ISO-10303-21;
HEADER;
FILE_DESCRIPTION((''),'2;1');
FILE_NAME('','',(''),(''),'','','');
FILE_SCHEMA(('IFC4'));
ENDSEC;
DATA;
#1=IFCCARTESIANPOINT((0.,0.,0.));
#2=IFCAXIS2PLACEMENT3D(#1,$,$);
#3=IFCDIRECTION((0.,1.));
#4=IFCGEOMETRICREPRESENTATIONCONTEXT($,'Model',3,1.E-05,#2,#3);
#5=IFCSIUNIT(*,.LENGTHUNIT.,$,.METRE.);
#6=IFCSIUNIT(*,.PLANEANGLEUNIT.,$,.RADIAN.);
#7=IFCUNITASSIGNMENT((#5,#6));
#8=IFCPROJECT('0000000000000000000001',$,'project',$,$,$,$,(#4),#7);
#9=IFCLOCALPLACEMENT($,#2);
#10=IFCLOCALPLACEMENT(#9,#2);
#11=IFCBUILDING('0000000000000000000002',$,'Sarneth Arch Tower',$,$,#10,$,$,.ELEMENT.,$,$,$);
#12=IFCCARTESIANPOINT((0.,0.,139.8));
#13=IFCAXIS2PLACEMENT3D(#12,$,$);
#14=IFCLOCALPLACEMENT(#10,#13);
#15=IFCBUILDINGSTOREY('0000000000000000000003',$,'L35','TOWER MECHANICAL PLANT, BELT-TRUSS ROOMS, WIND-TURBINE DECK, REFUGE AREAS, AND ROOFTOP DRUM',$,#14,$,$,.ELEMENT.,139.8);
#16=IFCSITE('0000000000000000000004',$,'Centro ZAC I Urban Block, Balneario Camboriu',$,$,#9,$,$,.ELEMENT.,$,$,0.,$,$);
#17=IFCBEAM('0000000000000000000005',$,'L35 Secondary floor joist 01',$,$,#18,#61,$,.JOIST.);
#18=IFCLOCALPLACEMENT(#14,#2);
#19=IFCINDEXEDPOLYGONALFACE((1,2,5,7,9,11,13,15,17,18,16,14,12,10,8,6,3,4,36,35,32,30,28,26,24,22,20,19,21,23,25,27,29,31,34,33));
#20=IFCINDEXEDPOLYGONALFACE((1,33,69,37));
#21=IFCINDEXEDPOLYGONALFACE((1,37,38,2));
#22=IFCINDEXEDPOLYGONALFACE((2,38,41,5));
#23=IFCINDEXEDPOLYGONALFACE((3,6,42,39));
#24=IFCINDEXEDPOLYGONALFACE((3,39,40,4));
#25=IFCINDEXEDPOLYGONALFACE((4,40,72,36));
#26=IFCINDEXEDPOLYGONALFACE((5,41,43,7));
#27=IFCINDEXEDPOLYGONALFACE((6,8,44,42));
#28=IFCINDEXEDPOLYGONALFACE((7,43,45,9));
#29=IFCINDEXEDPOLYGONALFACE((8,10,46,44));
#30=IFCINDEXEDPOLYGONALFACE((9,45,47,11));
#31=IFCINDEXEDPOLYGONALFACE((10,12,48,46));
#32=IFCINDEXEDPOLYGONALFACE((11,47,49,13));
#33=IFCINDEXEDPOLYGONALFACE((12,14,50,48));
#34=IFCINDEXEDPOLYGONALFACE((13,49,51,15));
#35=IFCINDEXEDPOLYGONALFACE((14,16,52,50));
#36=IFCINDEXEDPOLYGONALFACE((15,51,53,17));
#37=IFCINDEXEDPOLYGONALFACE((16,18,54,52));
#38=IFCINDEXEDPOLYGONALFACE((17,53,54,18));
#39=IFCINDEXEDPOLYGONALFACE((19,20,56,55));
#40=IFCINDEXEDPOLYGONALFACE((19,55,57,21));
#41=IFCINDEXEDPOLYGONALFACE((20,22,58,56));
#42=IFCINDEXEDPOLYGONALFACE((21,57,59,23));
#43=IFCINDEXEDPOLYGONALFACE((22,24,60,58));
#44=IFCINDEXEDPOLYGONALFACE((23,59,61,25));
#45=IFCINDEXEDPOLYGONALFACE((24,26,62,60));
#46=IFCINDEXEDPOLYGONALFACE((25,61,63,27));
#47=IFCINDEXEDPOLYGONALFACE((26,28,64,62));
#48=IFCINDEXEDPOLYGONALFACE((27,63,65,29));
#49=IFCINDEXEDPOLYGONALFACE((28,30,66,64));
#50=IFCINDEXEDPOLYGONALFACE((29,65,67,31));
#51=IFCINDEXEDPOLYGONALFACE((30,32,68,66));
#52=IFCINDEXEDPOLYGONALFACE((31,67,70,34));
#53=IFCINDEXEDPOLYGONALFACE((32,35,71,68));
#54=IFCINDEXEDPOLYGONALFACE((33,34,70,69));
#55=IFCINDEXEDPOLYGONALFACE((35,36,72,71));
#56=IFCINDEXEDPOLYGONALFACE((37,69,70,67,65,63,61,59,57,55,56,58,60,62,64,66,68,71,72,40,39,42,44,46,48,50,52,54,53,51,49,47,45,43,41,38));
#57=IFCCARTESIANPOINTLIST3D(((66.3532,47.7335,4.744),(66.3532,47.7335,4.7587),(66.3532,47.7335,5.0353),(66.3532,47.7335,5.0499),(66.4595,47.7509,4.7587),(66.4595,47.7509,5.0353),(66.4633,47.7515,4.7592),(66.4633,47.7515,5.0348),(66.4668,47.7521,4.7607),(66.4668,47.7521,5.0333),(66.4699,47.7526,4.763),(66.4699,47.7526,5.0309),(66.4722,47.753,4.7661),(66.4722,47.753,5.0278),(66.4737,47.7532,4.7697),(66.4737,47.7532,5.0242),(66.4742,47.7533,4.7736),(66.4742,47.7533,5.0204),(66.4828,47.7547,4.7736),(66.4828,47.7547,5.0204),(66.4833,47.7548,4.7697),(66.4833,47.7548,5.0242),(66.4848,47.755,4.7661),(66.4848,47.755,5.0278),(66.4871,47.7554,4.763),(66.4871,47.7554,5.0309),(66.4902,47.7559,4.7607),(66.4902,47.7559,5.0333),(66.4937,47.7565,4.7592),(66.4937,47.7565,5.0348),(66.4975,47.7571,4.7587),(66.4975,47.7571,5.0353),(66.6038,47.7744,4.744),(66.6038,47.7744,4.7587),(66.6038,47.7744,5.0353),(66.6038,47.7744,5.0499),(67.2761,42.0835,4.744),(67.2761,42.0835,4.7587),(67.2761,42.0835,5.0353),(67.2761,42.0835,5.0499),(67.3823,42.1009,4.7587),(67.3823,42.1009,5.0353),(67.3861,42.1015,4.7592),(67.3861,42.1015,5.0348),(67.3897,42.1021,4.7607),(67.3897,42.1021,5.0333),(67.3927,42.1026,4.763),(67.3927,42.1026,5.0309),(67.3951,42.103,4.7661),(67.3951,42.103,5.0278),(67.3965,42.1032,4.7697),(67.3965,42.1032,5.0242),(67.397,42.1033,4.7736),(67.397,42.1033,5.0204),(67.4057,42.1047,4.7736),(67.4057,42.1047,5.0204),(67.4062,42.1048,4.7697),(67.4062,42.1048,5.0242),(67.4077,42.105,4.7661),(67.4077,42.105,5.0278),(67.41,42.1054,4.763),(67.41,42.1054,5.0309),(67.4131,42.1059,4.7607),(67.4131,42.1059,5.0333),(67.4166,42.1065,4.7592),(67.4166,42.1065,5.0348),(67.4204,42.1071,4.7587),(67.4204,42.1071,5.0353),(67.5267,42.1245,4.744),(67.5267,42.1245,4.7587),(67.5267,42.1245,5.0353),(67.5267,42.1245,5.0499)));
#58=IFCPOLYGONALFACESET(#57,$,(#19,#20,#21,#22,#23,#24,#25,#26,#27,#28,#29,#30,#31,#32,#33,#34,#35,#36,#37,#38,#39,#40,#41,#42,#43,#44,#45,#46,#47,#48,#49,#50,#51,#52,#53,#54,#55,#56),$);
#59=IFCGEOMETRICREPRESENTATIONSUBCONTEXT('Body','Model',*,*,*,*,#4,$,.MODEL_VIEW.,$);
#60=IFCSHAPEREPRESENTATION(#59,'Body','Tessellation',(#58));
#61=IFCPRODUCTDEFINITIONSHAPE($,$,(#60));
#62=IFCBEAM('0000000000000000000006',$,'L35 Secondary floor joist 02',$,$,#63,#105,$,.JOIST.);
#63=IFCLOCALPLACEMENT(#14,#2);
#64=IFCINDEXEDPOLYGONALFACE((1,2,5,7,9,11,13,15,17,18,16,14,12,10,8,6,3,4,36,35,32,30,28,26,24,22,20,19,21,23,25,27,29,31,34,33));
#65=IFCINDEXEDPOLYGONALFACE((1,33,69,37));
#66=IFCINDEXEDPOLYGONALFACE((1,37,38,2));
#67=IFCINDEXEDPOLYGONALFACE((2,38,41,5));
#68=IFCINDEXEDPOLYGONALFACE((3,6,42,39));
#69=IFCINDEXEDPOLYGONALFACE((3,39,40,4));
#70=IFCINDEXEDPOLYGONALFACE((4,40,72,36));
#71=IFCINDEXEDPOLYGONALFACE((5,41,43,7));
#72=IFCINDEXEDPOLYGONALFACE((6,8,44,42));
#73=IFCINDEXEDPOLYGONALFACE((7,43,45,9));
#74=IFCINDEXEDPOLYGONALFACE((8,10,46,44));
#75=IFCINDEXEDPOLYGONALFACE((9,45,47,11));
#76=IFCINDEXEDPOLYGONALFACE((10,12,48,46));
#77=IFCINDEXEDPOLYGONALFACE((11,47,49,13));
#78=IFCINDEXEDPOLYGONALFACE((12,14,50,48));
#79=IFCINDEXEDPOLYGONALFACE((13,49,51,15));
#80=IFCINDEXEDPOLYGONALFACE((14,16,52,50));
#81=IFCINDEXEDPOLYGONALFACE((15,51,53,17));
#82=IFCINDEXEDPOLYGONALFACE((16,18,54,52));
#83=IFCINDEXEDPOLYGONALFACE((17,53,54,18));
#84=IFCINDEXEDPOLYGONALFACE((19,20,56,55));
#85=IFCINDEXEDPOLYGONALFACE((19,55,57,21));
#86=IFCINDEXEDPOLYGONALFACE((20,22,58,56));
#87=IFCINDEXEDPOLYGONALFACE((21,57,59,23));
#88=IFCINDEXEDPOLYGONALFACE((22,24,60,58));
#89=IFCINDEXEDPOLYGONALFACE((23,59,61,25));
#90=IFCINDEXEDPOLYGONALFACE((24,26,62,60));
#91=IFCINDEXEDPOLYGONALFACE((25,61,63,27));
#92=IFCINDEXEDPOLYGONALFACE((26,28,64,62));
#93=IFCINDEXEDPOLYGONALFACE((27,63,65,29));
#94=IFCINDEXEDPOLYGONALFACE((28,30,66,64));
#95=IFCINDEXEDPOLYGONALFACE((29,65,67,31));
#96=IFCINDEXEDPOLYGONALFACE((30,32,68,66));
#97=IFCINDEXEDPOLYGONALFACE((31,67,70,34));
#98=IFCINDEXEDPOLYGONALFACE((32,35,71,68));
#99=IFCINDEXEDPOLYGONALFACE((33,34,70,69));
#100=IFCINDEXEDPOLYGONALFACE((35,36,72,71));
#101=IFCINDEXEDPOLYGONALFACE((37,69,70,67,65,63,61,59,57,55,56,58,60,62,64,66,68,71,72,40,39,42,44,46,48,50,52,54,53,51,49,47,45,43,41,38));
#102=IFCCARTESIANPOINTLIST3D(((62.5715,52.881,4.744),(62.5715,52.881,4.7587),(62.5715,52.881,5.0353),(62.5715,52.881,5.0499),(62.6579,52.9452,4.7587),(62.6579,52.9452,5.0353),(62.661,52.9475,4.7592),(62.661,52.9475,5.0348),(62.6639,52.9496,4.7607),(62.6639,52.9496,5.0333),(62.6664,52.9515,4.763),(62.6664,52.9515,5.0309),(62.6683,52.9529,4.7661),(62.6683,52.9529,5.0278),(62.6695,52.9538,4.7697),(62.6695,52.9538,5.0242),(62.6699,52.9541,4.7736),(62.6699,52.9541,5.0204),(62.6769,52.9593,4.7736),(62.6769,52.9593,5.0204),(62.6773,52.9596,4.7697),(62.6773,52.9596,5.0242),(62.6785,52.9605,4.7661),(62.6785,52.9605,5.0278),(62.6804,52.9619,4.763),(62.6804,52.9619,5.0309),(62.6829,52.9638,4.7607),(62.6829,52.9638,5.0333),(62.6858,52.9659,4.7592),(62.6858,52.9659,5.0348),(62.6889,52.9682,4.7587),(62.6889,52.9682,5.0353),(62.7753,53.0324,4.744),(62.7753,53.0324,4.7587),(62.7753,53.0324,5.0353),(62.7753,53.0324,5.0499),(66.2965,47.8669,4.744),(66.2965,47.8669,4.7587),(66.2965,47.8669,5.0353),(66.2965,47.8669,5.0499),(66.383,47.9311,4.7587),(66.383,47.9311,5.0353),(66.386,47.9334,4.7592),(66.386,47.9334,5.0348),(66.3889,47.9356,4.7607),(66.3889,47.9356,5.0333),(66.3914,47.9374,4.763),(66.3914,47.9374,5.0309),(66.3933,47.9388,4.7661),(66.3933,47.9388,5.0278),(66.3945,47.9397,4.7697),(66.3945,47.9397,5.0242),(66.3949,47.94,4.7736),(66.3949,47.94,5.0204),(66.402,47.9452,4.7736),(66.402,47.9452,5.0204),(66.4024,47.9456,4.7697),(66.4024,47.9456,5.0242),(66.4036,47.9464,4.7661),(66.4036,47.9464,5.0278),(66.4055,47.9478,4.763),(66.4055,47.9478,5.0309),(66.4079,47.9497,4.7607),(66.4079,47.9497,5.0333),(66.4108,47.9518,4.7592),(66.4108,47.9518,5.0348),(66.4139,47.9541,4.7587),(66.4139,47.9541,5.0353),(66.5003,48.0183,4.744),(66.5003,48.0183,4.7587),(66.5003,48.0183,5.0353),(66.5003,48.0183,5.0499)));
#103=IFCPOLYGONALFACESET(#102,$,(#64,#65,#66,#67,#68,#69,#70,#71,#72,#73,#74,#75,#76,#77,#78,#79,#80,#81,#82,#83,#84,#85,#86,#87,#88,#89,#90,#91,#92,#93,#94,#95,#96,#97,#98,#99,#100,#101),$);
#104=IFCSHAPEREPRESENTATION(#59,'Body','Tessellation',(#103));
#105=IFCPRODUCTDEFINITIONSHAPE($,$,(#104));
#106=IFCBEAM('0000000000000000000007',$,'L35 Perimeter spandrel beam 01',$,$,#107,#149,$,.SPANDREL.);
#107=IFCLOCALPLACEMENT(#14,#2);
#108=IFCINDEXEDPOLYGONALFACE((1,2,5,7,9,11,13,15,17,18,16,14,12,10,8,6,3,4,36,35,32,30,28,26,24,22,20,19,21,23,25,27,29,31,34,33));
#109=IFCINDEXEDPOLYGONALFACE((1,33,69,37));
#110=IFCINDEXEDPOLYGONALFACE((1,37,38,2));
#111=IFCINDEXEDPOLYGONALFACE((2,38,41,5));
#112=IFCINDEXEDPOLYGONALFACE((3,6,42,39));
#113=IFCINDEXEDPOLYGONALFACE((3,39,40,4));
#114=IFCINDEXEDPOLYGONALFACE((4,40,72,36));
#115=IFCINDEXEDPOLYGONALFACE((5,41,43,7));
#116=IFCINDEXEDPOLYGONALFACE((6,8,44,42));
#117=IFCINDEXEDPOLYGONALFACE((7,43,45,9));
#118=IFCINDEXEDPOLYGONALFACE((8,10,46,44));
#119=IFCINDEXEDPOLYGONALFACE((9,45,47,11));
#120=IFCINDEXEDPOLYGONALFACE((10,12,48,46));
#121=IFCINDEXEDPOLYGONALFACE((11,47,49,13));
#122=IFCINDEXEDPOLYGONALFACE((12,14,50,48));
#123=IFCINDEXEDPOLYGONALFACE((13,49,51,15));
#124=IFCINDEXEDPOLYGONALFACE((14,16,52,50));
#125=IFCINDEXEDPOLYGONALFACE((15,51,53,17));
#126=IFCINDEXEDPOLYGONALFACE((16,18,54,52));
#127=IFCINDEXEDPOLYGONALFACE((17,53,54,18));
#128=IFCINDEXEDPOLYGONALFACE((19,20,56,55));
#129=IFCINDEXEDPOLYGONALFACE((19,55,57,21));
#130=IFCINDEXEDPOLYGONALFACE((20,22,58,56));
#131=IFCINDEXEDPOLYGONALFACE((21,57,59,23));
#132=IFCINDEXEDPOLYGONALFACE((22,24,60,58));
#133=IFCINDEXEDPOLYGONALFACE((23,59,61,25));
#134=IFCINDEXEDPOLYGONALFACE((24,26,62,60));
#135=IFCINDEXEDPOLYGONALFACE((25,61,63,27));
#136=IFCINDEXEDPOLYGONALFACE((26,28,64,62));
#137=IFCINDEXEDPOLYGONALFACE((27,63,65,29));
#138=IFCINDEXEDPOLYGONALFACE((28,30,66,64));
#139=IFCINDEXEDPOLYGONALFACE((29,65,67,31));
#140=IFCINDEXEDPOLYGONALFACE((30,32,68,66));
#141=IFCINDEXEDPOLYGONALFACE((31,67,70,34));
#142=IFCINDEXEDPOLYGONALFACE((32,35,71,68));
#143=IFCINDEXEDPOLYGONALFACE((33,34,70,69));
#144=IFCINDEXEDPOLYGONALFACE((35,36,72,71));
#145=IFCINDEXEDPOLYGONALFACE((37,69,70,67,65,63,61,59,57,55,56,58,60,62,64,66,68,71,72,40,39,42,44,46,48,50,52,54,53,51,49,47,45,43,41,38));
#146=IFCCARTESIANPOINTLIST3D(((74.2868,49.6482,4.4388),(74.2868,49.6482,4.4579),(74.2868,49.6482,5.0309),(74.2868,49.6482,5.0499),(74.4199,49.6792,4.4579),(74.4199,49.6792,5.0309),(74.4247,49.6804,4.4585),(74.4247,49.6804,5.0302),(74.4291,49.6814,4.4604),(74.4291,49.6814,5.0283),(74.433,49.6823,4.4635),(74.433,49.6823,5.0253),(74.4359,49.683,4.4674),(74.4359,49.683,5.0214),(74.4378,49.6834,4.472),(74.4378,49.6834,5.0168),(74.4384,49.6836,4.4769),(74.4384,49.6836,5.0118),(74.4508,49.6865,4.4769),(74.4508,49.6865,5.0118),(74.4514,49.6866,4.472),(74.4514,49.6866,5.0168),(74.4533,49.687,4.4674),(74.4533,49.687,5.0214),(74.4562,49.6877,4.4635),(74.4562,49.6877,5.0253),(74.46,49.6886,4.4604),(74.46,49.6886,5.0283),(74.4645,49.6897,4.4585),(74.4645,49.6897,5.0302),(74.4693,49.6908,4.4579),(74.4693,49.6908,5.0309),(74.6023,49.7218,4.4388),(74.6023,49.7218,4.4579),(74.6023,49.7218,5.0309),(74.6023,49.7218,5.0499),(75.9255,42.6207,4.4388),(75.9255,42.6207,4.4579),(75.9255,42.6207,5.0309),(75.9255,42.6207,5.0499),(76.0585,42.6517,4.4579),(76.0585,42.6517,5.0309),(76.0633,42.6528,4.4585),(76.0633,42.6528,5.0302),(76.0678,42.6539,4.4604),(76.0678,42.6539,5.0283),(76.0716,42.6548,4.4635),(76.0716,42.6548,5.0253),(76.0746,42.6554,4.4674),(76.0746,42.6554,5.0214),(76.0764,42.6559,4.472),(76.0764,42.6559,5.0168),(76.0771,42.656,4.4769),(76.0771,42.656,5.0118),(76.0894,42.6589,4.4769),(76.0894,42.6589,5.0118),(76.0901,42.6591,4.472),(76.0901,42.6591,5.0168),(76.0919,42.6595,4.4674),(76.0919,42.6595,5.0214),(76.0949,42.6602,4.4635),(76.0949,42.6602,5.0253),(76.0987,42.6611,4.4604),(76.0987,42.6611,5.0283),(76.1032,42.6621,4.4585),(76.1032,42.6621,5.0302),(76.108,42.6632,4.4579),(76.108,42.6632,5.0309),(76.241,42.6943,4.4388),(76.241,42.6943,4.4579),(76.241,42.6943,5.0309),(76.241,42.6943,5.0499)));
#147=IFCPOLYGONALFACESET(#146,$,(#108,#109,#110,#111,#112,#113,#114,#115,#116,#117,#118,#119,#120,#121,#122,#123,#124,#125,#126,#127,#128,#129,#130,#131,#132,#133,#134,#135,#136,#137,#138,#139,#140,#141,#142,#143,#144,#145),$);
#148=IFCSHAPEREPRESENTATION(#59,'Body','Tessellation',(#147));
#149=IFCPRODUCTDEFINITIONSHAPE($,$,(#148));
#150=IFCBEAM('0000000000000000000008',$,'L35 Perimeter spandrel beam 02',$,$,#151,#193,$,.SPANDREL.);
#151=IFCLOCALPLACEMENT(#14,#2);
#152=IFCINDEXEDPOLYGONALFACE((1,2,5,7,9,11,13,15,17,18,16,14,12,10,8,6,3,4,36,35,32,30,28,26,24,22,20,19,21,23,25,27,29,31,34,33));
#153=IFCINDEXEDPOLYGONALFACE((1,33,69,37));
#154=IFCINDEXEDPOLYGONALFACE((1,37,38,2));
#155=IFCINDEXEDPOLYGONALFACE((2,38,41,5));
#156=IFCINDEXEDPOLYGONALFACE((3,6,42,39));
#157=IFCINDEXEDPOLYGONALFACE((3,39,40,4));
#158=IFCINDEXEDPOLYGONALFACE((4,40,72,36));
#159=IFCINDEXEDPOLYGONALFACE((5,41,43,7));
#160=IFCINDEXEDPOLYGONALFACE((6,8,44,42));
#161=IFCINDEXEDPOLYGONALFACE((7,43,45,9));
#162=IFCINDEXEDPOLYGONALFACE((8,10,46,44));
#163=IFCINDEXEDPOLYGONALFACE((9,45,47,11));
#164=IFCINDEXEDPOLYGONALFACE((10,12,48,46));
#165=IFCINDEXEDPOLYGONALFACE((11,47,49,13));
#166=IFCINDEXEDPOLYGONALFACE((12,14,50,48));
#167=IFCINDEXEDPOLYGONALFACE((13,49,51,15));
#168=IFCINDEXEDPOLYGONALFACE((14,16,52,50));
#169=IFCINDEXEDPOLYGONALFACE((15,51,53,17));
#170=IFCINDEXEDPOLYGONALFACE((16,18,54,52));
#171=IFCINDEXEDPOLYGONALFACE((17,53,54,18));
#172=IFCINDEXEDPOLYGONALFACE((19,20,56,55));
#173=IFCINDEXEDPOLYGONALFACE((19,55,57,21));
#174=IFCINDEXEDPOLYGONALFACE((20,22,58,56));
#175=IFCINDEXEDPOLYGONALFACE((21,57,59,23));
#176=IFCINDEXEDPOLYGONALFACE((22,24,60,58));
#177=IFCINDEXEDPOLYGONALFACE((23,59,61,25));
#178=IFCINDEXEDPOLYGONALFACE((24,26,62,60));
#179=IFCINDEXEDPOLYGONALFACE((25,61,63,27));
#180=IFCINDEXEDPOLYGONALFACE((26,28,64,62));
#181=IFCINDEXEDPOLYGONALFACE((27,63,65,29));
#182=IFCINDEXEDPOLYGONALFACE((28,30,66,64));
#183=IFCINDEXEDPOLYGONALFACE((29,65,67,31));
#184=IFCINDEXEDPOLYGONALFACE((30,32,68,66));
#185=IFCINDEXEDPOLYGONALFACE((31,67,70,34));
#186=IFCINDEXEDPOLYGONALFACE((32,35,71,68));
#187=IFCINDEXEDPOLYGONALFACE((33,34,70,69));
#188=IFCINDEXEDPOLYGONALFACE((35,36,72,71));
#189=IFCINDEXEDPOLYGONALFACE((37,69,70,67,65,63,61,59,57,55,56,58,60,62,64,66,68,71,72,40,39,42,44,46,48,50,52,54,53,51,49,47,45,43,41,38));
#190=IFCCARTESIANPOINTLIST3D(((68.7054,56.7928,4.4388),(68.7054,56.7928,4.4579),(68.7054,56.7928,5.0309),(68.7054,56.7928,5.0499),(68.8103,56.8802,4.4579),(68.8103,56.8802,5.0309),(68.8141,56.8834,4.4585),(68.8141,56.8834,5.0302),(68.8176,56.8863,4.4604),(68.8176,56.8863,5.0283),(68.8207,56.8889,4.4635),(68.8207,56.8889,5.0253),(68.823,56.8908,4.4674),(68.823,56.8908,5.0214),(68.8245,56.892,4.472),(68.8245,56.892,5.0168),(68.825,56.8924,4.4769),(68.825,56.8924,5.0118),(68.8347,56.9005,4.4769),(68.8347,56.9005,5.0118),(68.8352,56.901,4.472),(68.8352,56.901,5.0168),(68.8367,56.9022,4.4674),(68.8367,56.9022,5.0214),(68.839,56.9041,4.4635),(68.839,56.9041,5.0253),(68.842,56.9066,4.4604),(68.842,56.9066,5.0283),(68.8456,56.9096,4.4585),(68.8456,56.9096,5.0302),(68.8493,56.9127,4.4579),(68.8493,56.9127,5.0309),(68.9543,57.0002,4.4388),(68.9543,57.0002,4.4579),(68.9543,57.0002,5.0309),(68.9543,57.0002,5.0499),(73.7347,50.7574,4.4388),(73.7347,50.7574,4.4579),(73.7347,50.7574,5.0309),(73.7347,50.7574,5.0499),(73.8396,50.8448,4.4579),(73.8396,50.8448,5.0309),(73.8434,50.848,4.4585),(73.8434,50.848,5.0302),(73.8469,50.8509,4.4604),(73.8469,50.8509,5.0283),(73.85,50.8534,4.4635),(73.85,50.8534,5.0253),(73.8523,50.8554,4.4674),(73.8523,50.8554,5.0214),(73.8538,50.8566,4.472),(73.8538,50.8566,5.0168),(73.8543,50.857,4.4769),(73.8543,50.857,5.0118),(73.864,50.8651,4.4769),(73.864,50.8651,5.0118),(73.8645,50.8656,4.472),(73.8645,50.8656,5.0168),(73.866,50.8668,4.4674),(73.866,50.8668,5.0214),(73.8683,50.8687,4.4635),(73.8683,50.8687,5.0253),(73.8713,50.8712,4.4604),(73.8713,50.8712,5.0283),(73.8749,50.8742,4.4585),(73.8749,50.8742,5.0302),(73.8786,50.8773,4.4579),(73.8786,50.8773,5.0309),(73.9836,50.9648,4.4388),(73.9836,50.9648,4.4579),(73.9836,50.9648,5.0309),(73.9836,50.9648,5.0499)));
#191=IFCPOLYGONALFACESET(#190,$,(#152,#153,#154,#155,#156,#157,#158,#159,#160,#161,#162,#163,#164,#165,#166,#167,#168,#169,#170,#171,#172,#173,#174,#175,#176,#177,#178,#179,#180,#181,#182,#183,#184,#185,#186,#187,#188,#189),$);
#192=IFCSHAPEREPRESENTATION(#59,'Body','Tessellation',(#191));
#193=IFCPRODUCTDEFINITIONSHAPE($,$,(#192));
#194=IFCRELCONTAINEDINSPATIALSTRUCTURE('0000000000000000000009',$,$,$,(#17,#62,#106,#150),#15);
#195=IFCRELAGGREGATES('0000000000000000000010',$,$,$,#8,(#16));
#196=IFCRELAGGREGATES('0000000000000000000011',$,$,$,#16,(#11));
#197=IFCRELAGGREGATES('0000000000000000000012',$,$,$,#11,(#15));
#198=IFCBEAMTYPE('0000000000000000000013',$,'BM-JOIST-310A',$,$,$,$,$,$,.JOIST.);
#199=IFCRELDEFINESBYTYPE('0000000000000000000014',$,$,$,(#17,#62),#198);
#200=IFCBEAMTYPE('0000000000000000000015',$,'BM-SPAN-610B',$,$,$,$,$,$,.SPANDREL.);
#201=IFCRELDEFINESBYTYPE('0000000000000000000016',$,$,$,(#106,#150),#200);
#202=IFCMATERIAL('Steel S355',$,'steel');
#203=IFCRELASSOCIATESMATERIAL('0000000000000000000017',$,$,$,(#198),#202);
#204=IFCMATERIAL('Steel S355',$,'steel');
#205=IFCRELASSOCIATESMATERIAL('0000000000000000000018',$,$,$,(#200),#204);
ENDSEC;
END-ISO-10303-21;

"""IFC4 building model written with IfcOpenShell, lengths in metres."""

from ifc_helpers import new_model, si_unit, direction, frame, origin, origin_2d, place, context, subcontext, project, spatial, i_section, extrude, material, material_profile, profile_set, type_object, element, save


model = new_model("IFC4")

# Units and contexts
model_context = context("Model", 3, precision=1e-05, world=origin(), true_north=direction((0.0, 1.0)))
body_context = subcontext(model_context, "Body", "Model", "MODEL_VIEW")
ifc_project = project(units=[si_unit("LENGTHUNIT", "METRE"), si_unit("PLANEANGLEUNIT", "RADIAN")], contexts=[model_context])

# Site, building, storey
site_placement = place(None, origin())
site = spatial("IfcSite", under=ifc_project, at=site_placement, Name="Centro ZAC I Urban Block, Balneario Camboriu", CompositionType="ELEMENT", RefElevation=0.0)
building_placement = place(site_placement, origin())
building = spatial("IfcBuilding", under=site, at=building_placement, Name="Sarneth Arch Tower", CompositionType="ELEMENT")
storey_placement = place(building_placement, frame((0.0, 0.0, 139.8)))
storey = spatial("IfcBuildingStorey", under=building, at=storey_placement, Name="L35", Description="TOWER MECHANICAL PLANT, BELT-TRUSS ROOMS, WIND-TURBINE DECK, REFUGE AREAS, AND ROOFTOP DRUM", CompositionType="ELEMENT", Elevation=139.8)

# Beams
ifc_material_1 = material(Name="Steel S355", Category="steel")
ifc_material_profile_1 = material_profile(ifc_material_1, i_section(OverallWidth=0.2539, OverallDepth=0.3059, WebThickness=0.0088, FlangeThickness=0.0146, FilletRadius=0.0149, at=origin_2d()), Name="W310x79")
ifc_profile_set_1 = profile_set([ifc_material_profile_1], Name="Steel S355")
beam_type_1 = type_object("IfcBeamType", Name="BM-JOIST-310A", PredefinedType="JOIST", material=ifc_profile_set_1)
beam_1_placement = place(storey_placement, frame((67.4014, 42.104, 4.897), z_axis=(-0.161203, 0.986921, 0.0), x_axis=(-0.986921, -0.161203, 0.0)))
element("IfcBeam", 1, at=beam_1_placement, inside=storey, type_object=beam_type_1, Name="L35 Secondary floor joist 01", PredefinedType="JOIST", context=body_context, shape_type="SweptSolid", body=[
    extrude(i_section(OverallWidth=0.2539, OverallDepth=0.3059, WebThickness=0.0088, FlangeThickness=0.0146, FilletRadius=0.0149, at=origin_2d()), origin(), (0.0, 0.0, 1.0), 5.7249),
])
beam_2_placement = place(storey_placement, frame((66.3984, 47.9426, 4.897), z_axis=(-0.596354, 0.802721, 0.0), x_axis=(-0.802721, -0.596354, 0.0)))
element("IfcBeam", 2, at=beam_2_placement, inside=storey, type_object=beam_type_1, Name="L35 Secondary floor joist 02", PredefinedType="JOIST", context=body_context, shape_type="SweptSolid", body=[
    extrude(i_section(OverallWidth=0.2539, OverallDepth=0.3059, WebThickness=0.0088, FlangeThickness=0.0146, FilletRadius=0.0149, at=origin_2d()), origin(), (0.0, 0.0, 1.0), 6.2463),
])
ifc_material_2 = material(Name="Steel S355", Category="steel")
ifc_material_profile_2 = material_profile(ifc_material_2, i_section(OverallWidth=0.324, OverallDepth=0.6111, WebThickness=0.0127, FlangeThickness=0.019, FilletRadius=0.019, at=origin_2d()), Name="W610x155")
ifc_profile_set_2 = profile_set([ifc_material_profile_2], Name="Steel S355")
beam_type_2 = type_object("IfcBeamType", Name="BM-SPAN-610B", PredefinedType="SPANDREL", material=ifc_profile_set_2)
beam_3_placement = place(storey_placement, frame((76.0833, 42.6575, 4.7444), z_axis=(-0.227085, 0.973875, 0.0), x_axis=(-0.973875, -0.227085, 0.0)))
element("IfcBeam", 3, at=beam_3_placement, inside=storey, type_object=beam_type_2, Name="L35 Perimeter spandrel beam 01", PredefinedType="SPANDREL", context=body_context, shape_type="SweptSolid", body=[
    extrude(i_section(OverallWidth=0.324, OverallDepth=0.6111, WebThickness=0.0127, FlangeThickness=0.019, FilletRadius=0.019, at=origin_2d()), origin(), (0.0, 0.0, 1.0), 7.2161),
])
beam_4_placement = place(storey_placement, frame((73.8591, 50.8611, 4.7444), z_axis=(-0.640169, 0.768234, 0.0), x_axis=(-0.768234, -0.640169, 0.0)))
element("IfcBeam", 4, at=beam_4_placement, inside=storey, type_object=beam_type_2, Name="L35 Perimeter spandrel beam 02", PredefinedType="SPANDREL", context=body_context, shape_type="SweptSolid", body=[
    extrude(i_section(OverallWidth=0.324, OverallDepth=0.6111, WebThickness=0.0127, FlangeThickness=0.019, FilletRadius=0.019, at=origin_2d()), origin(), (0.0, 0.0, 1.0), 7.8562),
])

save(model, "model.ifc")
